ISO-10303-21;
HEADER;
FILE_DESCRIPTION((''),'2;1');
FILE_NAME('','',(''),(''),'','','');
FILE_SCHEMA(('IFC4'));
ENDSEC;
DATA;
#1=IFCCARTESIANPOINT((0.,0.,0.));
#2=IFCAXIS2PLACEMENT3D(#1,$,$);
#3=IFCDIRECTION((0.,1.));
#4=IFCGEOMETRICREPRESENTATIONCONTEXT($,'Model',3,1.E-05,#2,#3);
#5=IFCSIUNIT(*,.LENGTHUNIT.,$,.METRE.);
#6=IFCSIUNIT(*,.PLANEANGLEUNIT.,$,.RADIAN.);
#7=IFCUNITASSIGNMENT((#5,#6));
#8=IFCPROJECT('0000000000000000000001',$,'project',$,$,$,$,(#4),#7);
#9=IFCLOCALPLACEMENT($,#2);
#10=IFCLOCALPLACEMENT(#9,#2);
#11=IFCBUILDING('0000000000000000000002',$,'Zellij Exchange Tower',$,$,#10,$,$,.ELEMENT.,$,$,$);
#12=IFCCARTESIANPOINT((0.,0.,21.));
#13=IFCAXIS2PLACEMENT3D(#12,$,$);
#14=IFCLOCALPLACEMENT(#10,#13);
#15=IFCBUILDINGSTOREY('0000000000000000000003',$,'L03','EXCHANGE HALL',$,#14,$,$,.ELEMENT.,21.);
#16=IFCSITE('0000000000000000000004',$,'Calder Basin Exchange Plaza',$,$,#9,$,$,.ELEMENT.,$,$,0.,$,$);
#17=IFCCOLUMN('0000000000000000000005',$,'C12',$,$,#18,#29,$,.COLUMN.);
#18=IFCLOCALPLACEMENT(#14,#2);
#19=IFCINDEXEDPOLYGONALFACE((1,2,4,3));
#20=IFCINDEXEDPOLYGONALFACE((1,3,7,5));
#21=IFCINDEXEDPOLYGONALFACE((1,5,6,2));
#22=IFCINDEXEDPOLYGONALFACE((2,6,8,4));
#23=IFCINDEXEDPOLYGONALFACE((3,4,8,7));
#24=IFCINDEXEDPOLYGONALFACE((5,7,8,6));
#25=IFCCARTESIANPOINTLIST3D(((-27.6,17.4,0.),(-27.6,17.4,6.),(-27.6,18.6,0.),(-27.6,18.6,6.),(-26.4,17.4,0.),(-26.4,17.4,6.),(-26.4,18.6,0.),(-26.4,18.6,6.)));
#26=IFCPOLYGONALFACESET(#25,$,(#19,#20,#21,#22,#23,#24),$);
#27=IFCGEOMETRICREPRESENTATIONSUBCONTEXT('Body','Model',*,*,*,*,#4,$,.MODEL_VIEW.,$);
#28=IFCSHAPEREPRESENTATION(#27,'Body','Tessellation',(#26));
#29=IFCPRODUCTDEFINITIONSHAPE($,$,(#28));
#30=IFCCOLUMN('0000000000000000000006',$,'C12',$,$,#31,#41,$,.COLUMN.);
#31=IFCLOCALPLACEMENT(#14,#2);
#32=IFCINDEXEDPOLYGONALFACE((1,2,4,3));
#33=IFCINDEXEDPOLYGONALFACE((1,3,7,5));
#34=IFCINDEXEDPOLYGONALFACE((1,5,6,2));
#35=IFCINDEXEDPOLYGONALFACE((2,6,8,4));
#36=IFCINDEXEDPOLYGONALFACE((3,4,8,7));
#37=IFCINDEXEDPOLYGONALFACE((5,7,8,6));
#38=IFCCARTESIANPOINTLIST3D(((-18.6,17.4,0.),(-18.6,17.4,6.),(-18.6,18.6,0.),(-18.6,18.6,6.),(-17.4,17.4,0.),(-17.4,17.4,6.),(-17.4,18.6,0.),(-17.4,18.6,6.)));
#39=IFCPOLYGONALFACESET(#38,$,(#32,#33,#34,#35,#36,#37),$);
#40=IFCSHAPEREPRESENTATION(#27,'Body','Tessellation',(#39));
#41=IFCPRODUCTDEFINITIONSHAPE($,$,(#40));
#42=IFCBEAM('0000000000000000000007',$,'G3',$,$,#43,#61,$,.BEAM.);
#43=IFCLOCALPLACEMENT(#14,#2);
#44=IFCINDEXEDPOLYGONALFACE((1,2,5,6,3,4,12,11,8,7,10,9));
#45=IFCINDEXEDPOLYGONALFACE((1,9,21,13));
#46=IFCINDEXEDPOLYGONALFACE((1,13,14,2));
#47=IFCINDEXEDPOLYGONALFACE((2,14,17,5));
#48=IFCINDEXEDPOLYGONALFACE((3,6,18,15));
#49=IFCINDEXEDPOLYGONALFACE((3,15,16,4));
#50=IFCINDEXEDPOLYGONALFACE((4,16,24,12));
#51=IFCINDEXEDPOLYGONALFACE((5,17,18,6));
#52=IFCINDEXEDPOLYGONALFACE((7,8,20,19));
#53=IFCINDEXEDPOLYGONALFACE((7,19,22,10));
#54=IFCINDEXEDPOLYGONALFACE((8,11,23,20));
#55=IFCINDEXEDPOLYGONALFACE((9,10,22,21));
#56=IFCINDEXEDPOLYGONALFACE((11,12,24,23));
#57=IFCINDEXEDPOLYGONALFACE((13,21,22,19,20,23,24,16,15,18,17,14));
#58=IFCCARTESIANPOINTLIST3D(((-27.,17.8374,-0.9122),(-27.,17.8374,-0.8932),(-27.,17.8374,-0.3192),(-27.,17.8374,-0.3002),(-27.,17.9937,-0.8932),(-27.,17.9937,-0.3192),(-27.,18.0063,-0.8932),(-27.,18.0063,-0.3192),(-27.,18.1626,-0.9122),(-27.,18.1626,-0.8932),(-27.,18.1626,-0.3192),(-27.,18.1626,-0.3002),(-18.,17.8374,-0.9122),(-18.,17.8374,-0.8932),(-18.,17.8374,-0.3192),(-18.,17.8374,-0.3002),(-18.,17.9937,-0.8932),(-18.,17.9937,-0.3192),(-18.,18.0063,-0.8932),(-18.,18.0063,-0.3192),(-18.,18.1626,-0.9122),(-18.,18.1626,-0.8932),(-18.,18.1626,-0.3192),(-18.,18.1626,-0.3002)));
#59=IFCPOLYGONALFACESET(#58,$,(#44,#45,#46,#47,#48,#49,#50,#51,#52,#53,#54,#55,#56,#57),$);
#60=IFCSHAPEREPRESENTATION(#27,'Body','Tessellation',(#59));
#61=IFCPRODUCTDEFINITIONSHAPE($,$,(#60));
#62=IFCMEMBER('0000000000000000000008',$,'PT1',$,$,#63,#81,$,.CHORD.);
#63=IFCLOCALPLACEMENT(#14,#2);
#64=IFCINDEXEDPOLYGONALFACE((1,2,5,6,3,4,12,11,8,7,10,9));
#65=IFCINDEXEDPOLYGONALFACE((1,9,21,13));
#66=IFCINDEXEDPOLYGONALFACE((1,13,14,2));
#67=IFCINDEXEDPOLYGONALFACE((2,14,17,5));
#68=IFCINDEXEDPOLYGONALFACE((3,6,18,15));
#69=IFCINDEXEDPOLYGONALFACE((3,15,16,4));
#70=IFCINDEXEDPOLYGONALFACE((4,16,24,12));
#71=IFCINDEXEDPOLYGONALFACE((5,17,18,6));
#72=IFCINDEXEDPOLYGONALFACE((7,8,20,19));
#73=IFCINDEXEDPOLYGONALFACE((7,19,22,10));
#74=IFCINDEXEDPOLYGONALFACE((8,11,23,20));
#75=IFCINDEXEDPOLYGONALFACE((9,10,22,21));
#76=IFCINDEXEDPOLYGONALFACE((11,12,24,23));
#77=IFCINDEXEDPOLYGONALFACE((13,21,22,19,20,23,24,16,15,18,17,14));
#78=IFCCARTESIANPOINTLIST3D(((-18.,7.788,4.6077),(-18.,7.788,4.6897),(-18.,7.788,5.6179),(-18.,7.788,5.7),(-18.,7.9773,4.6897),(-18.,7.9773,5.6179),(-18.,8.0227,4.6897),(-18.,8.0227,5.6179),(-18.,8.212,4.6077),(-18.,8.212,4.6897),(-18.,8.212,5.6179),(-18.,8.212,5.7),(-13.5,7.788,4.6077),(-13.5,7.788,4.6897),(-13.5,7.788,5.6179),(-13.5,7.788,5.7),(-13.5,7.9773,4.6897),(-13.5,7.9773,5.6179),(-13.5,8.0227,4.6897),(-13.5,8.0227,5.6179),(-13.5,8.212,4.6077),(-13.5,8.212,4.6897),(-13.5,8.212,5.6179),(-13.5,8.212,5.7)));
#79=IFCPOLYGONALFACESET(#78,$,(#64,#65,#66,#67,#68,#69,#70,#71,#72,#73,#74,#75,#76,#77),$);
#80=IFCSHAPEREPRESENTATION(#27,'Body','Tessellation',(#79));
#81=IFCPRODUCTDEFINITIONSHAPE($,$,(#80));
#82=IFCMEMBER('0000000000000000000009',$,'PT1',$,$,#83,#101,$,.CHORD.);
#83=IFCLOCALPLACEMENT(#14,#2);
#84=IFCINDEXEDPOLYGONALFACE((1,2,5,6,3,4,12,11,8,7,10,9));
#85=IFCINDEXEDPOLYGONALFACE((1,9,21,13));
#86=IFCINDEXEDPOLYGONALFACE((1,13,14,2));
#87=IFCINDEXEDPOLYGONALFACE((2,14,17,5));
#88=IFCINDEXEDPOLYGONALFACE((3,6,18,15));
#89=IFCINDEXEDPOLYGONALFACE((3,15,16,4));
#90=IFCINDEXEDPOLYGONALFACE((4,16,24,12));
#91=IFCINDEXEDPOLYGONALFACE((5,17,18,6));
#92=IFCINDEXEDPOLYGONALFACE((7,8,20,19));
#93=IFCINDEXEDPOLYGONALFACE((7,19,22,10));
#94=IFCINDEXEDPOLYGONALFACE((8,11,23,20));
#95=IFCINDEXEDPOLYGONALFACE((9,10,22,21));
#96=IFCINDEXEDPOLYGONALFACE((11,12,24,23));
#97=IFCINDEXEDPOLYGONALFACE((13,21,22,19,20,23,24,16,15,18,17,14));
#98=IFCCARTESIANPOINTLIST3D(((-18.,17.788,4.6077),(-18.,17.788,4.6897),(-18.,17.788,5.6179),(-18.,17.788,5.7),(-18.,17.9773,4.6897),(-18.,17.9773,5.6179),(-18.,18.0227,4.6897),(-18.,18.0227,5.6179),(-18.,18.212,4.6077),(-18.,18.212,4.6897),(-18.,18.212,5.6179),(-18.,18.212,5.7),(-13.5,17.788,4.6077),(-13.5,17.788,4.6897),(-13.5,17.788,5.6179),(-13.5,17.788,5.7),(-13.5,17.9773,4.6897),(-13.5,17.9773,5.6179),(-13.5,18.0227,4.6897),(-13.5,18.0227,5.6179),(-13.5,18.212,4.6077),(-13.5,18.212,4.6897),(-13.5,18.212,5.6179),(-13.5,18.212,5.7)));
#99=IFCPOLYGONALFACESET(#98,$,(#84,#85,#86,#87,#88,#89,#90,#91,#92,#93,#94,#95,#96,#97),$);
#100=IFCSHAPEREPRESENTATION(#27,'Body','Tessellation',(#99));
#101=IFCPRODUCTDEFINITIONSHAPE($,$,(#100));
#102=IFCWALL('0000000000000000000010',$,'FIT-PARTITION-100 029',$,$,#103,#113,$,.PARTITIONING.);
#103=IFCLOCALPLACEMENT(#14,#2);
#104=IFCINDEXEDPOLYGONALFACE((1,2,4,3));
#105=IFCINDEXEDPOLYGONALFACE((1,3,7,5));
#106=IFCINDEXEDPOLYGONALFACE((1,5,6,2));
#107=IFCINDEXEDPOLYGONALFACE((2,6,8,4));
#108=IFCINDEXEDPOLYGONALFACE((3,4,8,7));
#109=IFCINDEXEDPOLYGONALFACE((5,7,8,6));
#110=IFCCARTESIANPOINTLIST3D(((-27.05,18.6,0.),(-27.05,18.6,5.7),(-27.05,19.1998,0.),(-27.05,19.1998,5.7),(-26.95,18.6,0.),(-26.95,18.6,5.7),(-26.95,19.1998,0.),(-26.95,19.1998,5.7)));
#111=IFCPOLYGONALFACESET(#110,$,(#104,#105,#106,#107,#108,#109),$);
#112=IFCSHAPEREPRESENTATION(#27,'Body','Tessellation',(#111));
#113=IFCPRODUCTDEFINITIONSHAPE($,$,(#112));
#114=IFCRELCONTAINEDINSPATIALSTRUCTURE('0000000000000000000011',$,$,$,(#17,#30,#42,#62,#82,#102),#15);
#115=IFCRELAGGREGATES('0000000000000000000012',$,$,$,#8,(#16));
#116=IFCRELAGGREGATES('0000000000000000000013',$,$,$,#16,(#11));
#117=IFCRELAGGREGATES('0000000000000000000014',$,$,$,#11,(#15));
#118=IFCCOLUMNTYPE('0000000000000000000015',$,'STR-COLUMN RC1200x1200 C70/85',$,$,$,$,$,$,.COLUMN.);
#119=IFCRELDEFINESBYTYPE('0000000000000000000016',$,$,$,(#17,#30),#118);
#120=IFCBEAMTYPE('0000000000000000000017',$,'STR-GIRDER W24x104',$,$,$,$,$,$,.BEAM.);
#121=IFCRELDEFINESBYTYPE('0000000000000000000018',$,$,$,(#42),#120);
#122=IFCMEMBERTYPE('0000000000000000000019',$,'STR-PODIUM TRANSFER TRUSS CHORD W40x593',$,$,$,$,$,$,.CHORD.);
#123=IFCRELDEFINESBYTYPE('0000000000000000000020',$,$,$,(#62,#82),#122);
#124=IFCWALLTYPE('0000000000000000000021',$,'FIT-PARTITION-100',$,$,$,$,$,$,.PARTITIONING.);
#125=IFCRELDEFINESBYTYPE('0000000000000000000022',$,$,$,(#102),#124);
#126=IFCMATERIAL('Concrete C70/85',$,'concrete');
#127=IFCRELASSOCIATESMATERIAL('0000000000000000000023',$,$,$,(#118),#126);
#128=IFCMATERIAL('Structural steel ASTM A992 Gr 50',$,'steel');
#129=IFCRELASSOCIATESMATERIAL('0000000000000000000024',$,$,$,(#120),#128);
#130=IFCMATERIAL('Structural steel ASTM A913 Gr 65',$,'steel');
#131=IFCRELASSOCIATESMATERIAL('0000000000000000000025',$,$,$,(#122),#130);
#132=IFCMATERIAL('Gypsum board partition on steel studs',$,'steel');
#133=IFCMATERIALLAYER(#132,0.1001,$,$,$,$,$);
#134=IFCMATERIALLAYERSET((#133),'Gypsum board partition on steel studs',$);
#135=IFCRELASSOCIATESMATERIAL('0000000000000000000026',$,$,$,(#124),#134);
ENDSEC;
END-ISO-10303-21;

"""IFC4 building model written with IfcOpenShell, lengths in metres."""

from ifc_helpers import new_model, si_unit, direction, frame, frame_2d, origin, origin_2d, place, context, subcontext, project, spatial, rectangle, i_section, extrude, material, layer, layer_set, material_profile, profile_set, type_object, element, save


model = new_model("IFC4")

# Units and contexts
model_context = context("Model", 3, precision=1e-05, world=origin(), true_north=direction((0.0, 1.0)))
body_context = subcontext(model_context, "Body", "Model", "MODEL_VIEW")
ifc_project = project(units=[si_unit("LENGTHUNIT", "METRE"), si_unit("PLANEANGLEUNIT", "RADIAN")], contexts=[model_context])

# Site, building, storey
site_placement = place(None, origin())
site = spatial("IfcSite", under=ifc_project, at=site_placement, Name="Calder Basin Exchange Plaza", CompositionType="ELEMENT", RefElevation=0.0)
building_placement = place(site_placement, origin())
building = spatial("IfcBuilding", under=site, at=building_placement, Name="Zellij Exchange Tower", CompositionType="ELEMENT")
storey_placement = place(building_placement, frame((0.0, 0.0, 21.0)))
storey = spatial("IfcBuildingStorey", under=building, at=storey_placement, Name="L03", Description="EXCHANGE HALL", CompositionType="ELEMENT", Elevation=21.0)

# Columns
ifc_material_1 = material(Name="Concrete C70/85", Category="concrete")
ifc_material_profile_1 = material_profile(ifc_material_1, rectangle(XDim=1.2, YDim=1.2, at=origin_2d()), Name="STR-COLUMN RC1200x1200 C70/85")
ifc_profile_set_1 = profile_set([ifc_material_profile_1], Name="Concrete C70/85")
column_type = type_object("IfcColumnType", Name="STR-COLUMN RC1200x1200 C70/85", PredefinedType="COLUMN", material=ifc_profile_set_1)
for number, where, z_axis, x_axis, name in (
    (1, (-27.0, 18.0, 0.0), (0.0, 0.0, 1.0), (1.0, 0.0, 0.0), "C12"),
    (2, (-18.0, 18.0, 0.0), (0.0, 0.0, 1.0), (1.0, 0.0, 0.0), "C12"),
):
    element("IfcColumn", number, at=place(storey_placement, frame(where, z_axis=z_axis, x_axis=x_axis)), inside=storey, type_object=column_type, Name=name, PredefinedType="COLUMN", context=body_context, shape_type="SweptSolid", body=[
        extrude(rectangle(XDim=1.2, YDim=1.2, at=origin_2d()), origin(), (0.0, 0.0, 1.0), 6.0),
    ])

# Beam
ifc_material_2 = material(Name="Structural steel ASTM A992 Gr 50", Category="steel")
ifc_material_profile_2 = material_profile(ifc_material_2, i_section(OverallWidth=0.3252, OverallDepth=0.6121, WebThickness=0.0127, FlangeThickness=0.019, at=origin_2d()), Name="W24x104")
ifc_profile_set_2 = profile_set([ifc_material_profile_2], Name="Structural steel ASTM A992 Gr 50")
beam_type = type_object("IfcBeamType", Name="STR-GIRDER W24x104", PredefinedType="BEAM", material=ifc_profile_set_2)
beam_placement = place(storey_placement, frame((-27.0, 18.0, -0.6062), z_axis=(1.0, 0.0, 0.0), x_axis=(0.0, 1.0, 0.0)))
element("IfcBeam", 3, at=beam_placement, inside=storey, type_object=beam_type, Name="G3", PredefinedType="BEAM", context=body_context, shape_type="SweptSolid", body=[
    extrude(i_section(OverallWidth=0.3252, OverallDepth=0.6121, WebThickness=0.0127, FlangeThickness=0.019, at=origin_2d()), origin(), (0.0, 0.0, 1.0), 9.0),
])

# Members
ifc_material_3 = material(Name="Structural steel ASTM A913 Gr 65", Category="steel")
ifc_material_profile_3 = material_profile(ifc_material_3, i_section(OverallWidth=0.4241, OverallDepth=1.0923, WebThickness=0.0454, FlangeThickness=0.082, at=origin_2d()), Name="W40x593")
ifc_profile_set_3 = profile_set([ifc_material_profile_3], Name="Structural steel ASTM A913 Gr 65")
member_type = type_object("IfcMemberType", Name="STR-PODIUM TRANSFER TRUSS CHORD W40x593", PredefinedType="CHORD", material=ifc_profile_set_3)
for number, where, z_axis, x_axis, name in (
    (4, (-18.0, 8.0, 5.1538), (1.0, 0.0, 0.0), (0.0, 1.0, 0.0), "PT1"),
    (5, (-18.0, 18.0, 5.1538), (1.0, 0.0, 0.0), (0.0, 1.0, 0.0), "PT1"),
):
    element("IfcMember", number, at=place(storey_placement, frame(where, z_axis=z_axis, x_axis=x_axis)), inside=storey, type_object=member_type, Name=name, PredefinedType="CHORD", context=body_context, shape_type="SweptSolid", body=[
        extrude(i_section(OverallWidth=0.4241, OverallDepth=1.0923, WebThickness=0.0454, FlangeThickness=0.082, at=origin_2d()), origin(), (0.0, 0.0, 1.0), 4.5),
    ])

# Wall
ifc_material_4 = material(Name="Gypsum board partition on steel studs", Category="steel")
ifc_layer_1 = layer(ifc_material_4, 0.1001)
ifc_layer_set_1 = layer_set([ifc_layer_1], Name="Gypsum board partition on steel studs")
wall_type = type_object("IfcWallType", Name="FIT-PARTITION-100", PredefinedType="PARTITIONING", material=ifc_layer_set_1)
wall_placement = place(storey_placement, frame((-27.0, 18.6001, 0.0), z_axis=(0.0, 0.0, 1.0), x_axis=(0.0, 1.0, 0.0)))
element("IfcWall", 6, at=wall_placement, inside=storey, type_object=wall_type, Name="FIT-PARTITION-100 029", PredefinedType="PARTITIONING", context=body_context, shape_type="SweptSolid", body=[
    extrude(rectangle(XDim=0.5999, YDim=0.1001, at=frame_2d((0.2998, 0.0))), origin(), (0.0, 0.0, 1.0), 5.7),
])

save(model, "model.ifc")
